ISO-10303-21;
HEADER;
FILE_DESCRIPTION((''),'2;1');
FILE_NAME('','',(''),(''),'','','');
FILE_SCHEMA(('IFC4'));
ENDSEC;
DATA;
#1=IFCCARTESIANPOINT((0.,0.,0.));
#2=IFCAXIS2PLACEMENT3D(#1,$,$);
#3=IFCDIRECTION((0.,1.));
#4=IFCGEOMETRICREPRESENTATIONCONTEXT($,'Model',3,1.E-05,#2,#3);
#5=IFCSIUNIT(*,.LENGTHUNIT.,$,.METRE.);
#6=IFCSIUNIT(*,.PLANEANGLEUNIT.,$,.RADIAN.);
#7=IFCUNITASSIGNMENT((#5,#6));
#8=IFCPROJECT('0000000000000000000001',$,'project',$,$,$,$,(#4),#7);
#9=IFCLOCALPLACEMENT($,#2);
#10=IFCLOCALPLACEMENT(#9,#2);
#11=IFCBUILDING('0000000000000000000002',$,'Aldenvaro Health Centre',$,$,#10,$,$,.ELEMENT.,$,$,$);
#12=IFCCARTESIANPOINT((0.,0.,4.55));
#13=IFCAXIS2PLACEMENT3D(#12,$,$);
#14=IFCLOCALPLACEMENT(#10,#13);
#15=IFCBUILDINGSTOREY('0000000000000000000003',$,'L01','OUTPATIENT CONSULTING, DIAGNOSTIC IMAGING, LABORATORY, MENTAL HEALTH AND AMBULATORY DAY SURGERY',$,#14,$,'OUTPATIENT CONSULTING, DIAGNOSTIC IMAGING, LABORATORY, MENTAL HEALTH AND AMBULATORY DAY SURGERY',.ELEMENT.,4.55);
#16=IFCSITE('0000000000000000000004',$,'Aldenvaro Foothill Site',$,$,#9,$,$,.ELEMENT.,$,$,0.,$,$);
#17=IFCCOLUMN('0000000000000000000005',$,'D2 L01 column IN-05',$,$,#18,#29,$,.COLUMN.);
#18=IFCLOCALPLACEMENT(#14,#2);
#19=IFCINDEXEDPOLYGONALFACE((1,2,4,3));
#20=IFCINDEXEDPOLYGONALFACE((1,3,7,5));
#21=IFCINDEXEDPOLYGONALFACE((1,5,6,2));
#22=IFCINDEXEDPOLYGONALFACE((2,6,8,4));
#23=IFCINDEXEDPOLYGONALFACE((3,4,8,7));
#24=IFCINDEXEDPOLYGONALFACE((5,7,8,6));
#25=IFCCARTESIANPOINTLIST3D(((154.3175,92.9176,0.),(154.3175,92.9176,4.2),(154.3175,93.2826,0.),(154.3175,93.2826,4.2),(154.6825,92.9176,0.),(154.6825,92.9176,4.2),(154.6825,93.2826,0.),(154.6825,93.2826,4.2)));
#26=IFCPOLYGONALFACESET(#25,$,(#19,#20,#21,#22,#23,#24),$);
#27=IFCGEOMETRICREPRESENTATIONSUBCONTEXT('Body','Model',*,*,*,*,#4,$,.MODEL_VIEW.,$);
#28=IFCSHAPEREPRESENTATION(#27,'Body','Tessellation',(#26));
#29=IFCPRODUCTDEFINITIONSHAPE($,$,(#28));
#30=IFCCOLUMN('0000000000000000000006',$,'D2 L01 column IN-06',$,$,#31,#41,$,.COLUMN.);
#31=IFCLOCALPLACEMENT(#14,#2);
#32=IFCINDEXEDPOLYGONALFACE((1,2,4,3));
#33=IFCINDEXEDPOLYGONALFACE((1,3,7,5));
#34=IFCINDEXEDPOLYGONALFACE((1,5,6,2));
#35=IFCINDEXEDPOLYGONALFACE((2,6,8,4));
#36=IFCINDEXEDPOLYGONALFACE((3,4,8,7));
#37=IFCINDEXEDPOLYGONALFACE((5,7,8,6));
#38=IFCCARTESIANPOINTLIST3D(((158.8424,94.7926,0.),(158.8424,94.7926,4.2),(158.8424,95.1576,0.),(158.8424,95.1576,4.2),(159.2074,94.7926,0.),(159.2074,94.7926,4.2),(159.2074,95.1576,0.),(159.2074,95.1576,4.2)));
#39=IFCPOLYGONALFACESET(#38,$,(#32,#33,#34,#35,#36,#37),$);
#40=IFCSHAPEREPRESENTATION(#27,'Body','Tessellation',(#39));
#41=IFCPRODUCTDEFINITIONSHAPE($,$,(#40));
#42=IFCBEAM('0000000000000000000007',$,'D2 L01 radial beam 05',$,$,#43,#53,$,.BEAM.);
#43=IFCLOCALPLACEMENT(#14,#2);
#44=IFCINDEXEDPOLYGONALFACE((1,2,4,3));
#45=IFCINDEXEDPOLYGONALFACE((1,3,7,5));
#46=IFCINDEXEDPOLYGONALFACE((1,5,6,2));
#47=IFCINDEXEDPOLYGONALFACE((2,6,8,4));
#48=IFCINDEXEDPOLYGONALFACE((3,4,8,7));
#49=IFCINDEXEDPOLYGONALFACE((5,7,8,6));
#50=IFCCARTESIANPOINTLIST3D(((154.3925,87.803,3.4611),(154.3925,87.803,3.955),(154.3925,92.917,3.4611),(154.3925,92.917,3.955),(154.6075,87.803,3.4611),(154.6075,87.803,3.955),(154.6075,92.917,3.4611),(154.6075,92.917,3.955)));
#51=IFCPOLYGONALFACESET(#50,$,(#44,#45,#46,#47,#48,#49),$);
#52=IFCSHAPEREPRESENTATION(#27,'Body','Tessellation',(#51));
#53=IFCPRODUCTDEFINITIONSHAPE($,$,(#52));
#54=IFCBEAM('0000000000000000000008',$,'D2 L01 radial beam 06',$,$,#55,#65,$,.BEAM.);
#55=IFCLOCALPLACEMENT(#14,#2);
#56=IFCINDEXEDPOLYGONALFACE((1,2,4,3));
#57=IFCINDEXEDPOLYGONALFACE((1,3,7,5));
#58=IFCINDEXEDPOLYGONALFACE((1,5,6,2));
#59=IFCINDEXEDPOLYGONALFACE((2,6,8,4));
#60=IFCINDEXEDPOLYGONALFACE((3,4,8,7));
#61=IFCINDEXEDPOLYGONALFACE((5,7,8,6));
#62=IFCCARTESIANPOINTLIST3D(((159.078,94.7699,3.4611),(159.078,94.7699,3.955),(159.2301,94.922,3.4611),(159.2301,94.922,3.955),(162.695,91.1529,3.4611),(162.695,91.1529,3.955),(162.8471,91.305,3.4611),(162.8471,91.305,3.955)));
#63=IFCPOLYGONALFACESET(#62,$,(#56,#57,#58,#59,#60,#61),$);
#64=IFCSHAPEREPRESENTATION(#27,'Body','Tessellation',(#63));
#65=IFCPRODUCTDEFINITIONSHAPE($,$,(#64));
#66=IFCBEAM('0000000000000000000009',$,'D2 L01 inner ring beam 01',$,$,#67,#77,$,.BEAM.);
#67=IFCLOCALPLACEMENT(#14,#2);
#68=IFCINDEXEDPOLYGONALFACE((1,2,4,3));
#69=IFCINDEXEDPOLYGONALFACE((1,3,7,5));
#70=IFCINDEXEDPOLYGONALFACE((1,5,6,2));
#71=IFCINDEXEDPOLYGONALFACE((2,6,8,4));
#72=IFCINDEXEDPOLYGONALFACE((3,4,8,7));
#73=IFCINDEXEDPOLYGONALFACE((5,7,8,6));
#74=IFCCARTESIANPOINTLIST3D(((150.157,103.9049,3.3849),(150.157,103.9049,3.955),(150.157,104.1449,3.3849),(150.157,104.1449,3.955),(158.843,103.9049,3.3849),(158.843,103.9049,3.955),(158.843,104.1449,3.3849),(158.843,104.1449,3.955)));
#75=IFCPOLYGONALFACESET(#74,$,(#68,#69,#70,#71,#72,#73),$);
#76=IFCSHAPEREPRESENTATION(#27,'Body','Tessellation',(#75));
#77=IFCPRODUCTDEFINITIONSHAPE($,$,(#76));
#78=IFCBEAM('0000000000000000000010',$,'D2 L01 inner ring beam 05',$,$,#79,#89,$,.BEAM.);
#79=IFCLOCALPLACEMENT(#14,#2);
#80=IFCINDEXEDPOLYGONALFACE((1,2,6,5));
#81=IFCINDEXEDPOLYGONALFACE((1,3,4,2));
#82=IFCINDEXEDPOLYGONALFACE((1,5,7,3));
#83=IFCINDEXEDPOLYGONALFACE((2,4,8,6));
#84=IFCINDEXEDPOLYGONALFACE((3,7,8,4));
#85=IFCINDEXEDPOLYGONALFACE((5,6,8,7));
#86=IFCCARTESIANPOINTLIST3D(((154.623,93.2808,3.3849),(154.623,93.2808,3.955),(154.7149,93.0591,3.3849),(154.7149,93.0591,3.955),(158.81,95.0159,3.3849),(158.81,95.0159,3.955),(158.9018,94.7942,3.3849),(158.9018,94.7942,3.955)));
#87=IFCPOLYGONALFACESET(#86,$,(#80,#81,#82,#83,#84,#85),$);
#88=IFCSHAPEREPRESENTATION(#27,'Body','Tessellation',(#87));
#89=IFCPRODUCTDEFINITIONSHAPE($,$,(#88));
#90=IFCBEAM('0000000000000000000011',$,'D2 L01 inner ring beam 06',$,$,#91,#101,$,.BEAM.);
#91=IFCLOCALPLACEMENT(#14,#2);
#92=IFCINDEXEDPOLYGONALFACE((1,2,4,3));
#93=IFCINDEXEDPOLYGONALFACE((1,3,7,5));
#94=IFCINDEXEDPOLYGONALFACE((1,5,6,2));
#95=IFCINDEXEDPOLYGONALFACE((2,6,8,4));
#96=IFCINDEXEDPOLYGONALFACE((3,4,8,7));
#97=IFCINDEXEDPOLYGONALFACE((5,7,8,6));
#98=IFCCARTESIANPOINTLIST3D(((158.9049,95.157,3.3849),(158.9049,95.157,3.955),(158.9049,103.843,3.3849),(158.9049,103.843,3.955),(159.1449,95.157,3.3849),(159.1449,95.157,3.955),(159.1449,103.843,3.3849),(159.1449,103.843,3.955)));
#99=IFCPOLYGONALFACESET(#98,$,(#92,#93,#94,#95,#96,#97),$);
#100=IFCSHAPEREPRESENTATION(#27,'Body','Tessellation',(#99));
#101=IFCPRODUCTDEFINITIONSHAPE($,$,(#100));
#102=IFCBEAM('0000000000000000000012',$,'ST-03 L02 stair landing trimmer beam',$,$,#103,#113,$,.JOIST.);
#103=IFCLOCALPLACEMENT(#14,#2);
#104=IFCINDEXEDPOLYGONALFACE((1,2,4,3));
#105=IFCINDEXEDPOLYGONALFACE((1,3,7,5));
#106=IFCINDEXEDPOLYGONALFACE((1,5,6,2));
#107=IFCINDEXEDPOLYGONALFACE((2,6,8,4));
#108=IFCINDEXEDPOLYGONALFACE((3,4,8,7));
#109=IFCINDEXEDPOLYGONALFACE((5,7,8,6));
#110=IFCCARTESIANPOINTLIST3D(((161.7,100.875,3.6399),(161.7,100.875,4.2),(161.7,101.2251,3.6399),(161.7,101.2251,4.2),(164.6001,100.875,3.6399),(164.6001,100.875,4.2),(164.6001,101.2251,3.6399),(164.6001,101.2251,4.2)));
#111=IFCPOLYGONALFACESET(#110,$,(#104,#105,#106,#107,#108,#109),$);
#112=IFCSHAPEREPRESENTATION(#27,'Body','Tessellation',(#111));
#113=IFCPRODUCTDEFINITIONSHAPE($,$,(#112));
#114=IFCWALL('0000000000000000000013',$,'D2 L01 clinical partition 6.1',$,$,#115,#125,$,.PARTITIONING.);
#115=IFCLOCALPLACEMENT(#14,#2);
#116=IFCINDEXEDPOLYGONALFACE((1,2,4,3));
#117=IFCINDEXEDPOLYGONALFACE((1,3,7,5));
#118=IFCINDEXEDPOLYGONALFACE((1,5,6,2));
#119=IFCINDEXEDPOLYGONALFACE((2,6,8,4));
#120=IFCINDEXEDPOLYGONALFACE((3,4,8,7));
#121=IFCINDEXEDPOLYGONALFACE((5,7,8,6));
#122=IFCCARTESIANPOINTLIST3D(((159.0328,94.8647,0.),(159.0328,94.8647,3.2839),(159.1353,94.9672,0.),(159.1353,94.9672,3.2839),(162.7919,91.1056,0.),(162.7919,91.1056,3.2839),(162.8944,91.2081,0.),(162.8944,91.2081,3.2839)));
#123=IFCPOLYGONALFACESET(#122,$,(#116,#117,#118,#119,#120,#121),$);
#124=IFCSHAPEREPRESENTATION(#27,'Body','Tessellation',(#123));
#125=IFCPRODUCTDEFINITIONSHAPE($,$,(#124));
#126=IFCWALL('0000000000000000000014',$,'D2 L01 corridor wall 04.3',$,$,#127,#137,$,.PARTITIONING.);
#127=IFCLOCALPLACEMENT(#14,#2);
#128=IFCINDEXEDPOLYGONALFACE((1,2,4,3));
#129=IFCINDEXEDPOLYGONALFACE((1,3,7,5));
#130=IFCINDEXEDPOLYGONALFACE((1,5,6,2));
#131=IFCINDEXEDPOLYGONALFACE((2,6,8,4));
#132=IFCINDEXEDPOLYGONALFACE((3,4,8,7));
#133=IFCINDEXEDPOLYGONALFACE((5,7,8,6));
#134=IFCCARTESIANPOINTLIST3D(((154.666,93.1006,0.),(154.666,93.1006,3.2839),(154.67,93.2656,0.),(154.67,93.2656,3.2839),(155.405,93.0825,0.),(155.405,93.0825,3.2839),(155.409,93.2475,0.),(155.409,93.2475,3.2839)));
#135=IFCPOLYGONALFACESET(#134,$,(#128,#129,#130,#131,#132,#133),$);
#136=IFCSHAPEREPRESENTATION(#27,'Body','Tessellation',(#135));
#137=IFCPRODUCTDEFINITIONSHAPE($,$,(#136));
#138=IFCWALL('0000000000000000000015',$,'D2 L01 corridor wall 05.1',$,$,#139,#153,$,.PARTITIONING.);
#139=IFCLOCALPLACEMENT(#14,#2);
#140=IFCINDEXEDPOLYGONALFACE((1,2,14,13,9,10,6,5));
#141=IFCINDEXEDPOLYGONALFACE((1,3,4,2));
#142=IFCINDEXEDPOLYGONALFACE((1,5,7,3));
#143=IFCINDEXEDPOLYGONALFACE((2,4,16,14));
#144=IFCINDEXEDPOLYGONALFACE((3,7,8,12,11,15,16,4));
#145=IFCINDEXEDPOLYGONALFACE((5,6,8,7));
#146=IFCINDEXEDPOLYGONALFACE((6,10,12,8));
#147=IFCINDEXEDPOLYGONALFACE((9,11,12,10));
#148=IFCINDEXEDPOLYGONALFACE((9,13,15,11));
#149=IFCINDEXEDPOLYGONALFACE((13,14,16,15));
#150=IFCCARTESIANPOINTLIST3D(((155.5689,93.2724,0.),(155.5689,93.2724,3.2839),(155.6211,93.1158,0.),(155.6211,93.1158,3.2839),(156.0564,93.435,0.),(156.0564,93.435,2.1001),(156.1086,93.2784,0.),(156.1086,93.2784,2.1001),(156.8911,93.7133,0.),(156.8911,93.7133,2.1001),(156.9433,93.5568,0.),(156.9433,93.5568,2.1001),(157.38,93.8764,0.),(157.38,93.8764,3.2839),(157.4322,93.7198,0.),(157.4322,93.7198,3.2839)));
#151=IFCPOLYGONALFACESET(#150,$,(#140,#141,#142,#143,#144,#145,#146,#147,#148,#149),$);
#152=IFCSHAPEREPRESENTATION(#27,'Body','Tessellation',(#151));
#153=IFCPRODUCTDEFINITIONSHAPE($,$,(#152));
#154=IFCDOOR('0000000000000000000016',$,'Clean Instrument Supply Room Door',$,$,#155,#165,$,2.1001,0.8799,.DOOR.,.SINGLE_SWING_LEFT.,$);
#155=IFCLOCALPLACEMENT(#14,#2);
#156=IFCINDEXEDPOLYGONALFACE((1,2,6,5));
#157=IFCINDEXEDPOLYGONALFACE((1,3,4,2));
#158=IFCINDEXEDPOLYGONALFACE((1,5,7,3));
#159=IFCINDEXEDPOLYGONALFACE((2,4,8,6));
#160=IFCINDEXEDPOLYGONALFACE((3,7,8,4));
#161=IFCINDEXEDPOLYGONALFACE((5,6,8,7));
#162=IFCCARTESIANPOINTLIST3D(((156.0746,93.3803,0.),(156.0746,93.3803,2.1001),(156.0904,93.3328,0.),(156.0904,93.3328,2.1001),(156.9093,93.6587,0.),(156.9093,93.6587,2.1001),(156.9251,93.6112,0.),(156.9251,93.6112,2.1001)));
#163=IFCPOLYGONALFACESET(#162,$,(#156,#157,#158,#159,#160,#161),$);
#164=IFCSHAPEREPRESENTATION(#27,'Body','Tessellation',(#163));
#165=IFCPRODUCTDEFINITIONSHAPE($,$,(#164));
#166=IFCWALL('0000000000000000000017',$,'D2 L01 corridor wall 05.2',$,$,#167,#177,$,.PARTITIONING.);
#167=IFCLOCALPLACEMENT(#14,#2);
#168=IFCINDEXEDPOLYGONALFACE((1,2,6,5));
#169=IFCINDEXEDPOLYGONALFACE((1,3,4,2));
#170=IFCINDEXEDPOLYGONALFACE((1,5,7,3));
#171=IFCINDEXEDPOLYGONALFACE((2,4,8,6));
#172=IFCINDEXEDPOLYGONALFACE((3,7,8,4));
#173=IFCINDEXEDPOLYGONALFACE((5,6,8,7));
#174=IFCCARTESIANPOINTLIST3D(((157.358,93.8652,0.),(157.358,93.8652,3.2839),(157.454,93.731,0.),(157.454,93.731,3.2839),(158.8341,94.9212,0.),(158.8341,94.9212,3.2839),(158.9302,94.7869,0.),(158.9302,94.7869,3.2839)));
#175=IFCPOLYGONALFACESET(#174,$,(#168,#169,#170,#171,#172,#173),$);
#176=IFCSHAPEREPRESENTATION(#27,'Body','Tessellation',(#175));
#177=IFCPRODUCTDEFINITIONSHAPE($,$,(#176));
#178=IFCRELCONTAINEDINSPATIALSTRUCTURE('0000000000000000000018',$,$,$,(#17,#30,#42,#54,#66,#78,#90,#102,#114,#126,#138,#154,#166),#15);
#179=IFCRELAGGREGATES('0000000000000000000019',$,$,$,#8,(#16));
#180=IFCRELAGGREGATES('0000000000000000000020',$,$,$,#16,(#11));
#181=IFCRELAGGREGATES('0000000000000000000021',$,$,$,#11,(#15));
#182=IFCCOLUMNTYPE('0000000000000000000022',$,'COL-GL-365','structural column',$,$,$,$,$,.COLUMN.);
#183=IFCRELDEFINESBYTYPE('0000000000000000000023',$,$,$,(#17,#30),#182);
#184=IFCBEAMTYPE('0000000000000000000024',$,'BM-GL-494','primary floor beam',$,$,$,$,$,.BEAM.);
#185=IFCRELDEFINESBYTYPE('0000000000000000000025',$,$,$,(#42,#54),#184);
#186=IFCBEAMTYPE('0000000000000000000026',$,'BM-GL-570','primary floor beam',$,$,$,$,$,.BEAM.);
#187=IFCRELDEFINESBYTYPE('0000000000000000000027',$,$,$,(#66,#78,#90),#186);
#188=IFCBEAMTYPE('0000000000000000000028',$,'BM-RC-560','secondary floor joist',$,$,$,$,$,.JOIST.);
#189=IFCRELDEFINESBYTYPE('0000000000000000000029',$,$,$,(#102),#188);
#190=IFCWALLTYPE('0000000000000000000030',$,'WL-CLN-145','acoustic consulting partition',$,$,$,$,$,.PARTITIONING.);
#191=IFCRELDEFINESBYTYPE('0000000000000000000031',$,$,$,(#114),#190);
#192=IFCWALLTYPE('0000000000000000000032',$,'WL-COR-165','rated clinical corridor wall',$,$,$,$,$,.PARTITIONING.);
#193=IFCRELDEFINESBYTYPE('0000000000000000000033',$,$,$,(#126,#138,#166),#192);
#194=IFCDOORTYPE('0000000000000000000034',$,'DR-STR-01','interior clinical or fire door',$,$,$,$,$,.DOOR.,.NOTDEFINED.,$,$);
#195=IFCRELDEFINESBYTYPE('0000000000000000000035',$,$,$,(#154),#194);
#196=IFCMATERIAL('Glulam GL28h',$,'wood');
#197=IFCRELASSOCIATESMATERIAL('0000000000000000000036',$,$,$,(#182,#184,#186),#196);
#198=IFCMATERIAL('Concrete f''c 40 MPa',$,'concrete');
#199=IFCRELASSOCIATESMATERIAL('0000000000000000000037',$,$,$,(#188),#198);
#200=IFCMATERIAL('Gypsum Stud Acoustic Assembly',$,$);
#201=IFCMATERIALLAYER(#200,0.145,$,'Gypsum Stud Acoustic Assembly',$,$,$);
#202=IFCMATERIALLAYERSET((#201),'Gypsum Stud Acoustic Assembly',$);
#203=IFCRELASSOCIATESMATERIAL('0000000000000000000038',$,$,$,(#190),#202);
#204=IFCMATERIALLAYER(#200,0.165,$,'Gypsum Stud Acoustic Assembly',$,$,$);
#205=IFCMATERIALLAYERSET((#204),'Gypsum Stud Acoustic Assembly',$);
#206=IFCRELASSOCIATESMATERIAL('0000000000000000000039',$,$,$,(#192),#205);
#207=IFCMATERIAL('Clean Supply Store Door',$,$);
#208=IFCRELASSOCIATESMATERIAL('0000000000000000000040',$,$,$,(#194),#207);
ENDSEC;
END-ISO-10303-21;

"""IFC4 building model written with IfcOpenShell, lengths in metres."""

from ifc_helpers import new_model, si_unit, direction, frame, frame_2d, origin, origin_2d, place, context, subcontext, project, spatial, rectangle, extrude, material, layer, layer_set, material_profile, profile_set, type_object, element, fill, save


model = new_model("IFC4")

# Units and contexts
model_context = context("Model", 3, precision=1e-05, world=origin(), true_north=direction((0.0, 1.0)))
body_context = subcontext(model_context, "Body", "Model", "MODEL_VIEW")
ifc_project = project(units=[si_unit("LENGTHUNIT", "METRE"), si_unit("PLANEANGLEUNIT", "RADIAN")], contexts=[model_context])

# Site, building, storey
site_placement = place(None, origin())
site = spatial("IfcSite", under=ifc_project, at=site_placement, Name="Aldenvaro Foothill Site", CompositionType="ELEMENT", RefElevation=0.0)
building_placement = place(site_placement, origin())
building = spatial("IfcBuilding", under=site, at=building_placement, Name="Aldenvaro Health Centre", CompositionType="ELEMENT")
storey_placement = place(building_placement, frame((0.0, 0.0, 4.55)))
storey = spatial("IfcBuildingStorey", under=building, at=storey_placement, Name="L01", Description="OUTPATIENT CONSULTING, DIAGNOSTIC IMAGING, LABORATORY, MENTAL HEALTH AND AMBULATORY DAY SURGERY", LongName="OUTPATIENT CONSULTING, DIAGNOSTIC IMAGING, LABORATORY, MENTAL HEALTH AND AMBULATORY DAY SURGERY", CompositionType="ELEMENT", Elevation=4.55)

# Columns
ifc_material_1 = material(Name="Glulam GL28h", Category="wood")
ifc_material_profile_1 = material_profile(ifc_material_1, rectangle(XDim=0.365, YDim=0.365, at=origin_2d()), Name="GL 365x365", Category="wood")
ifc_profile_set_1 = profile_set([ifc_material_profile_1], Name="Glulam GL28h")
column_type = type_object("IfcColumnType", Name="COL-GL-365", Description="structural column", PredefinedType="COLUMN", material=ifc_profile_set_1)
for number, where, z_axis, x_axis, name in (
    (1, (154.5, 93.1001, 0.0), (0.0, 0.0, 1.0), (1.0, 0.0, 0.0), "D2 L01 column IN-05"),
    (2, (159.0249, 94.9751, 0.0), (0.0, 0.0, 1.0), (1.0, 0.0, 0.0), "D2 L01 column IN-06"),
):
    element("IfcColumn", number, at=place(storey_placement, frame(where, z_axis=z_axis, x_axis=x_axis)), inside=storey, type_object=column_type, Name=name, PredefinedType="COLUMN", context=body_context, shape_type="SweptSolid", body=[
        extrude(rectangle(XDim=0.365, YDim=0.365, at=origin_2d()), origin(), (0.0, 0.0, 1.0), 4.2),
    ])

# Beams
ifc_material_profile_2 = material_profile(ifc_material_1, rectangle(XDim=0.2151, YDim=0.4939, at=origin_2d()), Name="GL 215x494", Category="wood")
ifc_profile_set_2 = profile_set([ifc_material_profile_2], Name="Glulam GL28h")
beam_type_1 = type_object("IfcBeamType", Name="BM-GL-494", Description="primary floor beam", PredefinedType="BEAM", material=ifc_profile_set_2)
beam_1_placement = place(storey_placement, frame((154.5, 92.917, 3.708), z_axis=(0.0, -1.0, 0.0), x_axis=(1.0, 0.0, 0.0)))
element("IfcBeam", 3, at=beam_1_placement, inside=storey, type_object=beam_type_1, Name="D2 L01 radial beam 05", PredefinedType="BEAM", context=body_context, shape_type="SweptSolid", body=[
    extrude(rectangle(XDim=0.2151, YDim=0.4939, at=origin_2d()), origin(), (0.0, 0.0, 1.0), 5.114),
])
beam_2_placement = place(storey_placement, frame((159.1541, 94.8459, 3.708), z_axis=(0.707107, -0.707107, 0.0), x_axis=(0.707107, 0.707107, 0.0)))
element("IfcBeam", 4, at=beam_2_placement, inside=storey, type_object=beam_type_1, Name="D2 L01 radial beam 06", PredefinedType="BEAM", context=body_context, shape_type="SweptSolid", body=[
    extrude(rectangle(XDim=0.2151, YDim=0.4939, at=origin_2d()), origin(), (0.0, 0.0, 1.0), 5.1152),
])
ifc_material_profile_3 = material_profile(ifc_material_1, rectangle(XDim=0.24, YDim=0.5701, at=origin_2d()), Name="GL 240x570", Category="wood")
ifc_profile_set_3 = profile_set([ifc_material_profile_3], Name="Glulam GL28h")
beam_type_2 = type_object("IfcBeamType", Name="BM-GL-570", Description="primary floor beam", PredefinedType="BEAM", material=ifc_profile_set_3)
beam_3_placement = place(storey_placement, frame((158.843, 104.0249, 3.6699), z_axis=(-1.0, 0.0, 0.0), x_axis=(0.0, -1.0, 0.0)))
element("IfcBeam", 5, at=beam_3_placement, inside=storey, type_object=beam_type_2, Name="D2 L01 inner ring beam 01", PredefinedType="BEAM", context=body_context, shape_type="SweptSolid", body=[
    extrude(rectangle(XDim=0.24, YDim=0.5701, at=origin_2d()), origin(), (0.0, 0.0, 1.0), 8.686),
])
beam_4_placement = place(storey_placement, frame((154.6689, 93.1699, 3.6699), z_axis=(0.923818, 0.382832, 0.0), x_axis=(-0.382832, 0.923818, 0.0)))
element("IfcBeam", 6, at=beam_4_placement, inside=storey, type_object=beam_type_2, Name="D2 L01 inner ring beam 05", PredefinedType="BEAM", context=body_context, shape_type="SweptSolid", body=[
    extrude(rectangle(XDim=0.24, YDim=0.5701, at=origin_2d()), origin(), (0.0, 0.0, 1.0), 4.5322),
])
beam_5_placement = place(storey_placement, frame((159.0249, 95.157, 3.6699), z_axis=(0.0, 1.0, 0.0), x_axis=(-1.0, 0.0, 0.0)))
element("IfcBeam", 7, at=beam_5_placement, inside=storey, type_object=beam_type_2, Name="D2 L01 inner ring beam 06", PredefinedType="BEAM", context=body_context, shape_type="SweptSolid", body=[
    extrude(rectangle(XDim=0.24, YDim=0.5701, at=origin_2d()), origin(), (0.0, 0.0, 1.0), 8.686),
])
ifc_material_2 = material(Name="Concrete f'c 40 MPa", Category="concrete")
ifc_material_profile_4 = material_profile(ifc_material_2, rectangle(XDim=0.3501, YDim=0.5601, at=origin_2d()), Name="RC 350x560", Category="concrete")
ifc_profile_set_4 = profile_set([ifc_material_profile_4], Name="Concrete f'c 40 MPa")
beam_type_3 = type_object("IfcBeamType", Name="BM-RC-560", Description="secondary floor joist", PredefinedType="JOIST", material=ifc_profile_set_4)
beam_6_placement = place(storey_placement, frame((161.7, 101.05, 3.9199), z_axis=(1.0, 0.0, 0.0), x_axis=(0.0, 1.0, 0.0)))
element("IfcBeam", 8, at=beam_6_placement, inside=storey, type_object=beam_type_3, Name="ST-03 L02 stair landing trimmer beam", PredefinedType="JOIST", context=body_context, shape_type="SweptSolid", body=[
    extrude(rectangle(XDim=0.3501, YDim=0.5601, at=origin_2d()), origin(), (0.0, 0.0, 1.0), 2.9001),
])

# Walls
ifc_material_3 = material(Name="Gypsum Stud Acoustic Assembly")
ifc_layer_1 = layer(ifc_material_3, 0.145, Name="Gypsum Stud Acoustic Assembly")
ifc_layer_set_1 = layer_set([ifc_layer_1], Name="Gypsum Stud Acoustic Assembly")
wall_type_1 = type_object("IfcWallType", Name="WL-CLN-145", Description="acoustic consulting partition", PredefinedType="PARTITIONING", material=ifc_layer_set_1)
wall_1_placement = place(storey_placement, frame((159.084, 94.916, 0.0), z_axis=(0.0, 0.0, 1.0), x_axis=(0.707107, -0.707107, 0.0)))
element("IfcWall", 9, at=wall_1_placement, inside=storey, type_object=wall_type_1, Name="D2 L01 clinical partition 6.1", PredefinedType="PARTITIONING", context=body_context, shape_type="SweptSolid", body=[
    extrude(rectangle(XDim=5.3162, YDim=0.145, at=frame_2d((2.6582, 0.0))), origin(), (0.0, 0.0, 1.0), 3.2839),
])
ifc_layer_2 = layer(ifc_material_3, 0.165, Name="Gypsum Stud Acoustic Assembly")
ifc_layer_set_2 = layer_set([ifc_layer_2], Name="Gypsum Stud Acoustic Assembly")
wall_type_2 = type_object("IfcWallType", Name="WL-COR-165", Description="rated clinical corridor wall", PredefinedType="PARTITIONING", material=ifc_layer_set_2)
wall_2_placement = place(storey_placement, frame((154.668, 93.1831, 0.0), z_axis=(0.0, 0.0, 1.0), x_axis=(0.999701, -0.024439, 0.0)))
element("IfcWall", 10, at=wall_2_placement, inside=storey, type_object=wall_type_2, Name="D2 L01 corridor wall 04.3", PredefinedType="PARTITIONING", context=body_context, shape_type="SweptSolid", body=[
    extrude(rectangle(XDim=0.7393, YDim=0.165, at=frame_2d((0.3696, 0.0))), origin(), (0.0, 0.0, 1.0), 3.2839),
])

# Wall, opening, door
wall_3_placement = place(storey_placement, frame((155.595, 93.1941, 0.0), z_axis=(0.0, 0.0, 1.0), x_axis=(0.948632, 0.316381, 0.0)))
wall_3 = element("IfcWall", 11, at=wall_3_placement, inside=storey, type_object=wall_type_2, Name="D2 L01 corridor wall 05.1", PredefinedType="PARTITIONING", context=body_context, shape_type="SweptSolid", body=[
    extrude(rectangle(XDim=1.9092, YDim=0.165, at=frame_2d((0.9546, 0.0))), origin(), (0.0, 0.0, 1.0), 3.2839),
])
opening_1_placement = place(wall_3_placement, frame((0.5139, 0.0, 0.0)))
opening_1 = element("IfcOpeningElement", 12, at=opening_1_placement, cuts=wall_3, PredefinedType="OPENING", context=body_context, shape_type="SweptSolid", body=[
    extrude(rectangle(XDim=0.8799, YDim=2.1001, at=frame_2d((0.4399, 1.05))), frame((0.0, 0.0925, 0.0), z_axis=(0.0, -1.0, 0.0), x_axis=(1.0, 0.0, 0.0)), (0.0, 0.0, 1.0), 0.1851),
])
ifc_material_4 = material(Name="Clean Supply Store Door")
door_type_1 = type_object("IfcDoorType", Name="DR-STR-01", Description="interior clinical or fire door", OperationType="NOTDEFINED", PredefinedType="DOOR", material=ifc_material_4)
door_1_placement = place(opening_1_placement, origin())
door_1 = element("IfcDoor", 13, at=door_1_placement, inside=storey, type_object=door_type_1, Name="Clean Instrument Supply Room Door", OperationType="SINGLE_SWING_LEFT", OverallHeight=2.1001, OverallWidth=0.8799, PredefinedType="DOOR", context=body_context, shape_type="SweptSolid", body=[
    extrude(rectangle(XDim=0.8799, YDim=2.1001, at=frame_2d((0.4399, 1.05))), frame((0.0, 0.0249, 0.0), z_axis=(0.0, -1.0, 0.0), x_axis=(1.0, 0.0, 0.0)), (0.0, 0.0, 1.0), 0.05),
])
fill(opening_1, door_1)

# Wall
wall_4_placement = place(storey_placement, frame((157.406, 93.7981, 0.0), z_axis=(0.0, 0.0, 1.0), x_axis=(0.813324, 0.581811, 0.0)))
element("IfcWall", 14, at=wall_4_placement, inside=storey, type_object=wall_type_2, Name="D2 L01 corridor wall 05.2", PredefinedType="PARTITIONING", context=body_context, shape_type="SweptSolid", body=[
    extrude(rectangle(XDim=1.8149, YDim=0.165, at=frame_2d((0.9075, 0.0))), origin(), (0.0, 0.0, 1.0), 3.2839),
])

save(model, "model.ifc")
